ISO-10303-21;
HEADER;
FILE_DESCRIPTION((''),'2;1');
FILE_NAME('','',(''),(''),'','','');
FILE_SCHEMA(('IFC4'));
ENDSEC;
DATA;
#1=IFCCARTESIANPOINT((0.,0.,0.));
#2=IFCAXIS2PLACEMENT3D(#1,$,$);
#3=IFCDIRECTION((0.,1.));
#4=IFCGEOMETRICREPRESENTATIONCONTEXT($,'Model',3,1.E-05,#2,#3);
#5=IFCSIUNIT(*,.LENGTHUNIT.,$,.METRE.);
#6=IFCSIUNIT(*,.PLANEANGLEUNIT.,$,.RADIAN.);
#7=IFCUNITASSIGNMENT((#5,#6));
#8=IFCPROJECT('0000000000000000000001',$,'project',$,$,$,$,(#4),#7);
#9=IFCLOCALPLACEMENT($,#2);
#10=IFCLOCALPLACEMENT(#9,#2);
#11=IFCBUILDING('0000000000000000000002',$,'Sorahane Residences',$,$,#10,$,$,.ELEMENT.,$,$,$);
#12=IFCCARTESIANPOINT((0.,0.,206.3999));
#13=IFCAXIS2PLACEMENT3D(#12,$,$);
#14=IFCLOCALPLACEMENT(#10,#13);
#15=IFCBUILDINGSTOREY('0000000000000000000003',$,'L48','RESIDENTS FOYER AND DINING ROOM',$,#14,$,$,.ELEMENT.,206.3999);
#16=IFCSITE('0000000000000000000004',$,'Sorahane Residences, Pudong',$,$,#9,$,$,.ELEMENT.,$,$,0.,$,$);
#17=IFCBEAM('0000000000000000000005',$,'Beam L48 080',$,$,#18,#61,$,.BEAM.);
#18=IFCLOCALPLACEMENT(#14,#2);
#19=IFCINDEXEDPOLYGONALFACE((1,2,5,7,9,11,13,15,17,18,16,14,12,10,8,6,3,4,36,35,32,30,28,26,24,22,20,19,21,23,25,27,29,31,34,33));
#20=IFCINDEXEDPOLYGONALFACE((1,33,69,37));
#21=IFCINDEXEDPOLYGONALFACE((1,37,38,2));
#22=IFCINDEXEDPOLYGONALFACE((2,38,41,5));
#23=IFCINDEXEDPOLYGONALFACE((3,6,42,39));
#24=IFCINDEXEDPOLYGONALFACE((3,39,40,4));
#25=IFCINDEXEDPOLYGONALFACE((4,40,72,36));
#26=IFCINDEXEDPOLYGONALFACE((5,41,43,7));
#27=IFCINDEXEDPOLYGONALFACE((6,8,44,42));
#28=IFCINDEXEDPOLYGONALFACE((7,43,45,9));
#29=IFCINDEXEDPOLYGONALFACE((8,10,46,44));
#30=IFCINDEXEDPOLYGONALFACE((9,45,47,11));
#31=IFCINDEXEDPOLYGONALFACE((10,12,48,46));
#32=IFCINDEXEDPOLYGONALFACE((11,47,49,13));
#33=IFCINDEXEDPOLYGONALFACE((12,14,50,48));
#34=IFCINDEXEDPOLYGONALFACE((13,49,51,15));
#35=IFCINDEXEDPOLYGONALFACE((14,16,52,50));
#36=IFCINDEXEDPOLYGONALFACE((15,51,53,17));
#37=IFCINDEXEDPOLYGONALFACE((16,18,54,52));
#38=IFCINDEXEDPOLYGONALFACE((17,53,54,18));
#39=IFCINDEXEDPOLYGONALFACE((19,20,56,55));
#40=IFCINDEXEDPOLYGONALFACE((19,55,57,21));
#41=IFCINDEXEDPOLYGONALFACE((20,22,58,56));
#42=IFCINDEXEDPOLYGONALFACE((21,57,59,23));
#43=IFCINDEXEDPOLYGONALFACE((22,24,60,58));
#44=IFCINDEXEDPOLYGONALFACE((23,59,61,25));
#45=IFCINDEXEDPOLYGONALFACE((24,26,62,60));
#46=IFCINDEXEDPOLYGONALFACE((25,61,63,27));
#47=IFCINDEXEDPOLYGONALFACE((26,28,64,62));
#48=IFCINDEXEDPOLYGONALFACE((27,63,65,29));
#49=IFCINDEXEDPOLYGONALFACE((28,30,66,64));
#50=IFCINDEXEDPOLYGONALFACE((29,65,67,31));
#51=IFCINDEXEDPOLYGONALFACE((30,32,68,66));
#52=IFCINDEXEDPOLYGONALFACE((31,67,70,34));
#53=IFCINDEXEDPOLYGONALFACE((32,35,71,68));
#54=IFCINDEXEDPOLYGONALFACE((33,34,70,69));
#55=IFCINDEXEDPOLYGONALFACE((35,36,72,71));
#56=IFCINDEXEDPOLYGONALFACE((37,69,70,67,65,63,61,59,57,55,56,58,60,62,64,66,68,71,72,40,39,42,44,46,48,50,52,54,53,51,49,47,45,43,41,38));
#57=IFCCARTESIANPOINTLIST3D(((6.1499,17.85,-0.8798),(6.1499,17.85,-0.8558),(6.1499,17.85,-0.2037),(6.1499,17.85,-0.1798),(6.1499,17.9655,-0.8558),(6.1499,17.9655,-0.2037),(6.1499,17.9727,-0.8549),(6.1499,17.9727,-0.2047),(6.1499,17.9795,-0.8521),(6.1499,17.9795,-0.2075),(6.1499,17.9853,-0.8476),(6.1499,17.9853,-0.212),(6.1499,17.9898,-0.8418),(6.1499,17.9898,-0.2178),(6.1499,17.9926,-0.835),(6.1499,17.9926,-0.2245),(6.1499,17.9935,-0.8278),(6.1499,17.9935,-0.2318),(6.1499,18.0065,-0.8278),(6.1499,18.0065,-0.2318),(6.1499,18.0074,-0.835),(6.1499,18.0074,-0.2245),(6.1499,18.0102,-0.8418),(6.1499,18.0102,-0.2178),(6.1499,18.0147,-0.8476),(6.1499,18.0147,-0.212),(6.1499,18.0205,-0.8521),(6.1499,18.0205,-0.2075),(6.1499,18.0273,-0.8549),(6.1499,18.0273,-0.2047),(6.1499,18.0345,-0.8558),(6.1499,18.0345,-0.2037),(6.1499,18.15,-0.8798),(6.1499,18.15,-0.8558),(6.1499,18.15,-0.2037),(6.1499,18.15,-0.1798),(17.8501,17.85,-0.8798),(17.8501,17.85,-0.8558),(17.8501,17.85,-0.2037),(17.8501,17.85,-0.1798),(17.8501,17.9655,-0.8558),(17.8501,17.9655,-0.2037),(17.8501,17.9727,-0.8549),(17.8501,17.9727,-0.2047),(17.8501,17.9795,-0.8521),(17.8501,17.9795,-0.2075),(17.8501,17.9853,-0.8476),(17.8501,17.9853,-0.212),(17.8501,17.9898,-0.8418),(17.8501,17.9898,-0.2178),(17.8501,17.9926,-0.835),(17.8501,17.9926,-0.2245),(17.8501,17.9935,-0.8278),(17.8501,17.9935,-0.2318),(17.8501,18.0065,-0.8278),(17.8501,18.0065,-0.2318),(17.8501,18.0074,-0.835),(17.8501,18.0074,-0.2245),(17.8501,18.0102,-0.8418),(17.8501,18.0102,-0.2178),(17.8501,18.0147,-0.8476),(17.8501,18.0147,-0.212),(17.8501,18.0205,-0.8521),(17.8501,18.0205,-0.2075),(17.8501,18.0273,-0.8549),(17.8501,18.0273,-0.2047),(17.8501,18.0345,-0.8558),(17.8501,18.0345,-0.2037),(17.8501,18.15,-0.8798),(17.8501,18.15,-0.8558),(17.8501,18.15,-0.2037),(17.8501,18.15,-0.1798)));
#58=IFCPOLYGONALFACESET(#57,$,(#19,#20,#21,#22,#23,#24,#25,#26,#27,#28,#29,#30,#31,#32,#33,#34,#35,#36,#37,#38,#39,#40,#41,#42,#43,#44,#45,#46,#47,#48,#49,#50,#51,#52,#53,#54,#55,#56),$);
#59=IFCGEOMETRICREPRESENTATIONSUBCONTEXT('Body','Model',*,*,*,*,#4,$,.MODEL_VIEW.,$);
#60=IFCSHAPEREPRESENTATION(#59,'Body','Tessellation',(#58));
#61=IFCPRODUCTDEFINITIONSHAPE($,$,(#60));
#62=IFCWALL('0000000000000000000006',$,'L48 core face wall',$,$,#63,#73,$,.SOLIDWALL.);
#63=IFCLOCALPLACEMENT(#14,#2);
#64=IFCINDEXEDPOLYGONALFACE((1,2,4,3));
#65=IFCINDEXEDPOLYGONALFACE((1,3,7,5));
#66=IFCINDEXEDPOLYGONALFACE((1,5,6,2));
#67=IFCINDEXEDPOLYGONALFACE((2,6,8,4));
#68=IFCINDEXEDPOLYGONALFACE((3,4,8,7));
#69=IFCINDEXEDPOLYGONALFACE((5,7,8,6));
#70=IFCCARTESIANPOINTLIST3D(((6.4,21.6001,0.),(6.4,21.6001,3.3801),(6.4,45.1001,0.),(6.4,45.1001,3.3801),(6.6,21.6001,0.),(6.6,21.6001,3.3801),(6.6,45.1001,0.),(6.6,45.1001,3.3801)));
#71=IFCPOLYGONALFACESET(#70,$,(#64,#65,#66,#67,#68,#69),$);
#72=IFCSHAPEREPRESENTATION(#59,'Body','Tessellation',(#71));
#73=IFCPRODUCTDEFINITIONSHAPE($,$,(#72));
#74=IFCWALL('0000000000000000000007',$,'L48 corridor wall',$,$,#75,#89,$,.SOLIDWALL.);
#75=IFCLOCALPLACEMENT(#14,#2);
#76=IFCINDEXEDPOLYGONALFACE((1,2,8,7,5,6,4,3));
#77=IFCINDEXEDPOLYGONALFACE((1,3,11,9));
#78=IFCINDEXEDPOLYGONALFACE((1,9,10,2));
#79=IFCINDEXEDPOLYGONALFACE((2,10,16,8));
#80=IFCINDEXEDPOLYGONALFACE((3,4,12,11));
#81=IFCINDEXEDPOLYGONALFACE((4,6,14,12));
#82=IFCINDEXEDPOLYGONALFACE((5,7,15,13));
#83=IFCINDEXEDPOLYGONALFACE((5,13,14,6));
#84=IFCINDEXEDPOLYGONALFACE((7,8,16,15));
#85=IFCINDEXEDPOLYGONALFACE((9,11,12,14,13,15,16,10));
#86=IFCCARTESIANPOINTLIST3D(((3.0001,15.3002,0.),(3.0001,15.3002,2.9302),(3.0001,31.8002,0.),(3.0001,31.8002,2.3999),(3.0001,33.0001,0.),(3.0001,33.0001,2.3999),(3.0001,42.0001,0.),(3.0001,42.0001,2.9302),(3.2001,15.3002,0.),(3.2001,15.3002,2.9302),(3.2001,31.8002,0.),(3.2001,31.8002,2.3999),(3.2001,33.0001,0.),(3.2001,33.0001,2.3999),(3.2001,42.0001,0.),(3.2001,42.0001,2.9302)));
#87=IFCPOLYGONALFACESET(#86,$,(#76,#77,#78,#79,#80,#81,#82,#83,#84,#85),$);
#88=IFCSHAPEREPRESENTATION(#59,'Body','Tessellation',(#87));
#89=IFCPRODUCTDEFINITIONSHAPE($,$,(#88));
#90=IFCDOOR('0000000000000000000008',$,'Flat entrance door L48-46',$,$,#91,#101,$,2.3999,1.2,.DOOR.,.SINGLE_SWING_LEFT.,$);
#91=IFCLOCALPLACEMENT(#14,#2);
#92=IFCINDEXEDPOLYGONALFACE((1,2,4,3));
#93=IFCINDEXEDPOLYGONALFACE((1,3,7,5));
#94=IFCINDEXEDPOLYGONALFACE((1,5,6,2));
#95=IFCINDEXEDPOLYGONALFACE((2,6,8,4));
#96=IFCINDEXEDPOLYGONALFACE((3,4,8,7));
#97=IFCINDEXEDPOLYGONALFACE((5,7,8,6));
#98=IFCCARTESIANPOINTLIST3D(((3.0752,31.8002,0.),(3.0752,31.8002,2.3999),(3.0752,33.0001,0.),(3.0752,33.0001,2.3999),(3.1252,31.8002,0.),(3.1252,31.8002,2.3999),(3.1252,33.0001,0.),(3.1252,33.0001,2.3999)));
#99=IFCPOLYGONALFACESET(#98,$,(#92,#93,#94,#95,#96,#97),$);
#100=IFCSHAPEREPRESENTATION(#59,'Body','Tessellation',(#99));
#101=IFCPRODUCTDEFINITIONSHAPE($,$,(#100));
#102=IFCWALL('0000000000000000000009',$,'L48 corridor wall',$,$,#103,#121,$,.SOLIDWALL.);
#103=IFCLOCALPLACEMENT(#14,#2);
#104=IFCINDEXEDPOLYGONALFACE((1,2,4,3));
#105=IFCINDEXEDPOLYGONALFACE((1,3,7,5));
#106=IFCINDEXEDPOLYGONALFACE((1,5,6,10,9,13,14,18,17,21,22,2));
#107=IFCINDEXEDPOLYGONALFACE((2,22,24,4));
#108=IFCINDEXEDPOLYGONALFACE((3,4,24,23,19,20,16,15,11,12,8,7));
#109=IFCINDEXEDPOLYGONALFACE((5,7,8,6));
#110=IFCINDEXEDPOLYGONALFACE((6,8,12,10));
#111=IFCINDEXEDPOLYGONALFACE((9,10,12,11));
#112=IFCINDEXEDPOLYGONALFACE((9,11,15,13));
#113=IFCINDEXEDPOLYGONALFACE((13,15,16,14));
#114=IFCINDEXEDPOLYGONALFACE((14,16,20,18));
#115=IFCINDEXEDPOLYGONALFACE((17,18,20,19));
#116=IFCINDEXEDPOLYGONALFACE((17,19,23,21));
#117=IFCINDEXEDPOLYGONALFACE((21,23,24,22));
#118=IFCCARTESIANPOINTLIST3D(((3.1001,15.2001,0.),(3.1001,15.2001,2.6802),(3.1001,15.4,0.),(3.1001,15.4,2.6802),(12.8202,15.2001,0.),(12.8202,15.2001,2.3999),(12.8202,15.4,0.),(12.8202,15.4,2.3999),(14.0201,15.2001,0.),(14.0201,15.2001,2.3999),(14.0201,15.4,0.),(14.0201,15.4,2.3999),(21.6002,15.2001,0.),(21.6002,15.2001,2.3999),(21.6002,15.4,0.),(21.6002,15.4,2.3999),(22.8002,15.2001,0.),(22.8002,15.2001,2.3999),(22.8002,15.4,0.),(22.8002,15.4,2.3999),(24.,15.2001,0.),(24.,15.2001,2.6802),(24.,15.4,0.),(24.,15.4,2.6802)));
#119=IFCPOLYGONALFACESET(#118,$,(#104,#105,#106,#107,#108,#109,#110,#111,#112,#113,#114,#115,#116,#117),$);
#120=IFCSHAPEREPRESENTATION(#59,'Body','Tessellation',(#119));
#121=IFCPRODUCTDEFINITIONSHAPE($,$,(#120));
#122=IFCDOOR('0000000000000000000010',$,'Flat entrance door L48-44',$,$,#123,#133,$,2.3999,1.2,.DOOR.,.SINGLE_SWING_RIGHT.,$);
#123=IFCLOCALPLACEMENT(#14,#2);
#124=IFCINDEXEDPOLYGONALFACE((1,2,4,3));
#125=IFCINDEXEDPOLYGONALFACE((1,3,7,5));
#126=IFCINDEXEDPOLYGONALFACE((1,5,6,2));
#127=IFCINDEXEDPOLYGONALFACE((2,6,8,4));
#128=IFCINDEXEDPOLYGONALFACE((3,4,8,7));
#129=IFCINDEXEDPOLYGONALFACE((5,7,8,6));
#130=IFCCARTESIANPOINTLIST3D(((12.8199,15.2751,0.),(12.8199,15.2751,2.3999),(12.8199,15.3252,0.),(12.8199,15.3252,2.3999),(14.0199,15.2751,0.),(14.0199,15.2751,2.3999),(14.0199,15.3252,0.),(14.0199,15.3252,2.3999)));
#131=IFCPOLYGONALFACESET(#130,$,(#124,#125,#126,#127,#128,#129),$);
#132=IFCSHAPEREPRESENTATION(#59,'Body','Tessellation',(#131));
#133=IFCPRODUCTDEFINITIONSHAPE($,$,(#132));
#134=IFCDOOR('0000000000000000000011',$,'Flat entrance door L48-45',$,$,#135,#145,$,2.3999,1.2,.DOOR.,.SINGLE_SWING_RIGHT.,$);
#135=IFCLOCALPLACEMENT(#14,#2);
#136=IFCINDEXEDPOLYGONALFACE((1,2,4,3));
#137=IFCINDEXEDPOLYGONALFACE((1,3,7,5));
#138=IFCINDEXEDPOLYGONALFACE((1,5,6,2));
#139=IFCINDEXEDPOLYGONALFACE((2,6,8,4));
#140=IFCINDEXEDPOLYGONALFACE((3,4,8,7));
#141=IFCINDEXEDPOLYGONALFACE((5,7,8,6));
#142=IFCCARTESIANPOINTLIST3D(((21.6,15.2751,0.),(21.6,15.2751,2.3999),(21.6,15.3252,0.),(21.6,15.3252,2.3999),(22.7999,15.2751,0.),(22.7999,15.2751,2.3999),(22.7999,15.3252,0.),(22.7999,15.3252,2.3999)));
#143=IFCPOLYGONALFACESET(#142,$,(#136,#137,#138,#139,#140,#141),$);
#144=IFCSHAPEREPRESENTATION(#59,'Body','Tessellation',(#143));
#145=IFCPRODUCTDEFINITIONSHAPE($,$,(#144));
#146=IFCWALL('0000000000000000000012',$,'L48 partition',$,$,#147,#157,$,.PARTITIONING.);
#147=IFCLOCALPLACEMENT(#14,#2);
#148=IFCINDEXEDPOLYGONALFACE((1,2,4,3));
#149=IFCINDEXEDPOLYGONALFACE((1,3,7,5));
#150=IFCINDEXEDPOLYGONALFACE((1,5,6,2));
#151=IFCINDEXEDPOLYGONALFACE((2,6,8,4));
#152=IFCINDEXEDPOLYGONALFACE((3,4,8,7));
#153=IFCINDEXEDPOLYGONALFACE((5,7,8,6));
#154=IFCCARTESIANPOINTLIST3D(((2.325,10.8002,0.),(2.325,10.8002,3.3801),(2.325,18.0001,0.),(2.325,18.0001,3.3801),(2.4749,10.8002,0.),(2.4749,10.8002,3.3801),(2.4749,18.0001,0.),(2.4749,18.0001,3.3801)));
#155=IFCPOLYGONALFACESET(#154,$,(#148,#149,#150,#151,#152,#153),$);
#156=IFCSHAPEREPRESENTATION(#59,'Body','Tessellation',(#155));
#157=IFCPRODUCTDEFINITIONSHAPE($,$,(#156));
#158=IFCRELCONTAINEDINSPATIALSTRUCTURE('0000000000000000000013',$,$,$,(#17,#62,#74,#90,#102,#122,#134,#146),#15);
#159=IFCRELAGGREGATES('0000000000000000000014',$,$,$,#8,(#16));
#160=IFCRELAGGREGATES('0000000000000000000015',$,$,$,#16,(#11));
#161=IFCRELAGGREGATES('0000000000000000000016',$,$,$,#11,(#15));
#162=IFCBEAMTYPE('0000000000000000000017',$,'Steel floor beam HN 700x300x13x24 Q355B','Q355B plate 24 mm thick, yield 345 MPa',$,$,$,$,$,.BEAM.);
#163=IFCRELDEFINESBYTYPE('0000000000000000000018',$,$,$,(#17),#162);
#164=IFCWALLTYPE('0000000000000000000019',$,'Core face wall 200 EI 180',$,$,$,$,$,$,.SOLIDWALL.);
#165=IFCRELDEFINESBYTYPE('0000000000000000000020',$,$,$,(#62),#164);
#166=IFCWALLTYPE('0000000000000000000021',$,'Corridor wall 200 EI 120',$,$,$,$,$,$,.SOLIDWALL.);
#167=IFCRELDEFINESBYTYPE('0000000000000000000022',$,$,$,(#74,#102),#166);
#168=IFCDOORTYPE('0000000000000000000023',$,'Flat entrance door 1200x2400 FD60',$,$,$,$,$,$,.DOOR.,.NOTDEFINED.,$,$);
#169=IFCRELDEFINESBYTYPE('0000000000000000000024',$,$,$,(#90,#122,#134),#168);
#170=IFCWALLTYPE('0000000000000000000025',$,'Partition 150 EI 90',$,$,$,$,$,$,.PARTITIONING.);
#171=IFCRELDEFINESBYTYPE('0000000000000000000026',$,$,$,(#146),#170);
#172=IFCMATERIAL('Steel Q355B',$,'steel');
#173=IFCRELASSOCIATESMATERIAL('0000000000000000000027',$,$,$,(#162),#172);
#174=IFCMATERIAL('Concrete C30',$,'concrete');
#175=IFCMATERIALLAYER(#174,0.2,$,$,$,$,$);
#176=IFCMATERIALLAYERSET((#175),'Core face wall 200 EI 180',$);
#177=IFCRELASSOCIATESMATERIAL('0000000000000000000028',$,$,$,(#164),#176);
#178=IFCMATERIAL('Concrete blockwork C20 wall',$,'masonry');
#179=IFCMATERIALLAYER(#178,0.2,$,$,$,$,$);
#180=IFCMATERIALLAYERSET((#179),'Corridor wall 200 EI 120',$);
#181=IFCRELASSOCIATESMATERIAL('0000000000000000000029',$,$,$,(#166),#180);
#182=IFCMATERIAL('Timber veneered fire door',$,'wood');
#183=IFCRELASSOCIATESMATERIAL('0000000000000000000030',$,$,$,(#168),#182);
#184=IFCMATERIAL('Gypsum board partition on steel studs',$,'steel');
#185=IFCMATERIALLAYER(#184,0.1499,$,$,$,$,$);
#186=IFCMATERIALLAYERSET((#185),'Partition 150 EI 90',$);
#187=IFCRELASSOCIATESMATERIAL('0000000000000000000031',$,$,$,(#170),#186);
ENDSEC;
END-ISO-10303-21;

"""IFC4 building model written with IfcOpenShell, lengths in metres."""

from ifc_helpers import new_model, si_unit, direction, frame, frame_2d, origin, origin_2d, place, context, subcontext, project, spatial, rectangle, i_section, extrude, material, layer, layer_set, material_profile, profile_set, type_object, element, fill, save


model = new_model("IFC4")

# Units and contexts
model_context = context("Model", 3, precision=1e-05, world=origin(), true_north=direction((0.0, 1.0)))
body_context = subcontext(model_context, "Body", "Model", "MODEL_VIEW")
ifc_project = project(units=[si_unit("LENGTHUNIT", "METRE"), si_unit("PLANEANGLEUNIT", "RADIAN")], contexts=[model_context])

# Site, building, storey
site_placement = place(None, origin())
site = spatial("IfcSite", under=ifc_project, at=site_placement, Name="Sorahane Residences, Pudong", CompositionType="ELEMENT", RefElevation=0.0)
building_placement = place(site_placement, origin())
building = spatial("IfcBuilding", under=site, at=building_placement, Name="Sorahane Residences", CompositionType="ELEMENT")
storey_placement = place(building_placement, frame((0.0, 0.0, 206.3999)))
storey = spatial("IfcBuildingStorey", under=building, at=storey_placement, Name="L48", Description="RESIDENTS FOYER AND DINING ROOM", CompositionType="ELEMENT", Elevation=206.3999)

# Beam
ifc_material_1 = material(Name="Steel Q355B", Category="steel")
ifc_material_profile_1 = material_profile(ifc_material_1, i_section(OverallWidth=0.3, OverallDepth=0.7, WebThickness=0.0129, FlangeThickness=0.0239, FilletRadius=0.0281, at=origin_2d()), Name="HN 700x300x13x24")
ifc_profile_set_1 = profile_set([ifc_material_profile_1], Name="Steel Q355B")
beam_type_1 = type_object("IfcBeamType", Name="Steel floor beam HN 700x300x13x24 Q355B", Description="Q355B plate 24 mm thick, yield 345 MPa", PredefinedType="BEAM", material=ifc_profile_set_1)
beam_1_placement = place(storey_placement, frame((6.1499, 18.0, -0.5298), z_axis=(1.0, 0.0, 0.0), x_axis=(0.0, 1.0, 0.0)))
element("IfcBeam", 1, at=beam_1_placement, inside=storey, type_object=beam_type_1, Name="Beam L48 080", PredefinedType="BEAM", context=body_context, shape_type="SweptSolid", body=[
    extrude(i_section(OverallWidth=0.3, OverallDepth=0.7, WebThickness=0.0129, FlangeThickness=0.0239, FilletRadius=0.0281, at=origin_2d()), origin(), (0.0, 0.0, 1.0), 11.7002),
])

# Wall
ifc_material_2 = material(Name="Concrete C30", Category="concrete")
ifc_layer_1 = layer(ifc_material_2, 0.2)
ifc_layer_set_1 = layer_set([ifc_layer_1], Name="Core face wall 200 EI 180")
wall_type_1 = type_object("IfcWallType", Name="Core face wall 200 EI 180", PredefinedType="SOLIDWALL", material=ifc_layer_set_1)
wall_1_placement = place(storey_placement, frame((6.5, 21.6001, 0.0), z_axis=(0.0, 0.0, 1.0), x_axis=(0.0, 1.0, 0.0)))
element("IfcWall", 2, at=wall_1_placement, inside=storey, type_object=wall_type_1, Name="L48 core face wall", PredefinedType="SOLIDWALL", context=body_context, shape_type="SweptSolid", body=[
    extrude(rectangle(XDim=23.5, YDim=0.2, at=frame_2d((11.75, 0.0))), origin(), (0.0, 0.0, 1.0), 3.3801),
])

# Wall, opening, door
ifc_material_3 = material(Name="Concrete blockwork C20 wall", Category="masonry")
ifc_layer_2 = layer(ifc_material_3, 0.2)
ifc_layer_set_2 = layer_set([ifc_layer_2], Name="Corridor wall 200 EI 120")
wall_type_2 = type_object("IfcWallType", Name="Corridor wall 200 EI 120", PredefinedType="SOLIDWALL", material=ifc_layer_set_2)
wall_2_placement = place(storey_placement, frame((3.1001, 15.3, 0.0), z_axis=(0.0, 0.0, 1.0), x_axis=(0.0, 1.0, 0.0)))
wall_2 = element("IfcWall", 3, at=wall_2_placement, inside=storey, type_object=wall_type_2, Name="L48 corridor wall", PredefinedType="SOLIDWALL", context=body_context, shape_type="SweptSolid", body=[
    extrude(rectangle(XDim=26.7, YDim=0.2, at=frame_2d((13.3501, 0.0))), origin(), (0.0, 0.0, 1.0), 2.9302),
])
opening_1_placement = place(wall_2_placement, frame((16.5, 0.0, 0.0)))
opening_1 = element("IfcOpeningElement", 4, at=opening_1_placement, cuts=wall_2, PredefinedType="OPENING", context=body_context, shape_type="SweptSolid", body=[
    extrude(rectangle(XDim=1.2, YDim=2.3999, at=frame_2d((0.6001, 1.2))), frame((0.0, 0.1099, 0.0), z_axis=(0.0, -1.0, 0.0), x_axis=(1.0, 0.0, 0.0)), (0.0, 0.0, 1.0), 0.22),
])
ifc_material_4 = material(Name="Timber veneered fire door", Category="wood")
door_type_1 = type_object("IfcDoorType", Name="Flat entrance door 1200x2400 FD60", OperationType="NOTDEFINED", PredefinedType="DOOR", material=ifc_material_4)
door_1_placement = place(opening_1_placement, origin())
door_1 = element("IfcDoor", 5, at=door_1_placement, inside=storey, type_object=door_type_1, Name="Flat entrance door L48-46", OperationType="SINGLE_SWING_LEFT", OverallHeight=2.3999, OverallWidth=1.2, PredefinedType="DOOR", context=body_context, shape_type="SweptSolid", body=[
    extrude(rectangle(XDim=1.2, YDim=2.3999, at=frame_2d((0.6001, 1.2))), frame((0.0, 0.0249, 0.0), z_axis=(0.0, -1.0, 0.0), x_axis=(1.0, 0.0, 0.0)), (0.0, 0.0, 1.0), 0.05),
])
fill(opening_1, door_1)

# Wall, openings, doors
wall_3_placement = place(storey_placement, frame((3.1001, 15.3, 0.0), z_axis=(0.0, 0.0, 1.0), x_axis=(1.0, 0.0, 0.0)))
wall_3 = element("IfcWall", 6, at=wall_3_placement, inside=storey, type_object=wall_type_2, Name="L48 corridor wall", PredefinedType="SOLIDWALL", context=body_context, shape_type="SweptSolid", body=[
    extrude(rectangle(XDim=20.8999, YDim=0.2, at=frame_2d((10.45, 0.0))), origin(), (0.0, 0.0, 1.0), 2.6802),
])
opening_2_placement = place(wall_3_placement, frame((9.72, 0.0, 0.0)))
opening_2 = element("IfcOpeningElement", 7, at=opening_2_placement, cuts=wall_3, PredefinedType="OPENING", context=body_context, shape_type="SweptSolid", body=[
    extrude(rectangle(XDim=1.2, YDim=2.3999, at=frame_2d((0.6001, 1.2))), frame((0.0, 0.1099, 0.0), z_axis=(0.0, -1.0, 0.0), x_axis=(1.0, 0.0, 0.0)), (0.0, 0.0, 1.0), 0.22),
])
opening_3_placement = place(wall_3_placement, frame((18.5, 0.0, 0.0)))
opening_3 = element("IfcOpeningElement", 8, at=opening_3_placement, cuts=wall_3, PredefinedType="OPENING", context=body_context, shape_type="SweptSolid", body=[
    extrude(rectangle(XDim=1.2, YDim=2.3999, at=frame_2d((0.6001, 1.2))), frame((0.0, 0.1099, 0.0), z_axis=(0.0, -1.0, 0.0), x_axis=(1.0, 0.0, 0.0)), (0.0, 0.0, 1.0), 0.22),
])
door_2_placement = place(opening_2_placement, frame((1.2, 0.0, 0.0), z_axis=(0.0, 0.0, 1.0), x_axis=(-1.0, 0.0, 0.0)))
door_2 = element("IfcDoor", 9, at=door_2_placement, inside=storey, type_object=door_type_1, Name="Flat entrance door L48-44", OperationType="SINGLE_SWING_RIGHT", OverallHeight=2.3999, OverallWidth=1.2, PredefinedType="DOOR", context=body_context, shape_type="SweptSolid", body=[
    extrude(rectangle(XDim=1.2, YDim=2.3999, at=frame_2d((0.6001, 1.2))), frame((0.0, 0.0249, 0.0), z_axis=(0.0, -1.0, 0.0), x_axis=(1.0, 0.0, 0.0)), (0.0, 0.0, 1.0), 0.05),
])
fill(opening_2, door_2)
door_3_placement = place(opening_3_placement, frame((1.2, 0.0, 0.0), z_axis=(0.0, 0.0, 1.0), x_axis=(-1.0, 0.0, 0.0)))
door_3 = element("IfcDoor", 10, at=door_3_placement, inside=storey, type_object=door_type_1, Name="Flat entrance door L48-45", OperationType="SINGLE_SWING_RIGHT", OverallHeight=2.3999, OverallWidth=1.2, PredefinedType="DOOR", context=body_context, shape_type="SweptSolid", body=[
    extrude(rectangle(XDim=1.2, YDim=2.3999, at=frame_2d((0.6001, 1.2))), frame((0.0, 0.0249, 0.0), z_axis=(0.0, -1.0, 0.0), x_axis=(1.0, 0.0, 0.0)), (0.0, 0.0, 1.0), 0.05),
])
fill(opening_3, door_3)

# Wall
ifc_material_5 = material(Name="Gypsum board partition on steel studs", Category="steel")
ifc_layer_3 = layer(ifc_material_5, 0.1499)
ifc_layer_set_3 = layer_set([ifc_layer_3], Name="Partition 150 EI 90")
wall_type_3 = type_object("IfcWallType", Name="Partition 150 EI 90", PredefinedType="PARTITIONING", material=ifc_layer_set_3)
wall_4_placement = place(storey_placement, frame((2.3999, 10.8, 0.0), z_axis=(0.0, 0.0, 1.0), x_axis=(0.0, 1.0, 0.0)))
element("IfcWall", 11, at=wall_4_placement, inside=storey, type_object=wall_type_3, Name="L48 partition", PredefinedType="PARTITIONING", context=body_context, shape_type="SweptSolid", body=[
    extrude(rectangle(XDim=7.2, YDim=0.1499, at=frame_2d((3.6001, 0.0))), origin(), (0.0, 0.0, 1.0), 3.3801),
])

save(model, "model.ifc")
